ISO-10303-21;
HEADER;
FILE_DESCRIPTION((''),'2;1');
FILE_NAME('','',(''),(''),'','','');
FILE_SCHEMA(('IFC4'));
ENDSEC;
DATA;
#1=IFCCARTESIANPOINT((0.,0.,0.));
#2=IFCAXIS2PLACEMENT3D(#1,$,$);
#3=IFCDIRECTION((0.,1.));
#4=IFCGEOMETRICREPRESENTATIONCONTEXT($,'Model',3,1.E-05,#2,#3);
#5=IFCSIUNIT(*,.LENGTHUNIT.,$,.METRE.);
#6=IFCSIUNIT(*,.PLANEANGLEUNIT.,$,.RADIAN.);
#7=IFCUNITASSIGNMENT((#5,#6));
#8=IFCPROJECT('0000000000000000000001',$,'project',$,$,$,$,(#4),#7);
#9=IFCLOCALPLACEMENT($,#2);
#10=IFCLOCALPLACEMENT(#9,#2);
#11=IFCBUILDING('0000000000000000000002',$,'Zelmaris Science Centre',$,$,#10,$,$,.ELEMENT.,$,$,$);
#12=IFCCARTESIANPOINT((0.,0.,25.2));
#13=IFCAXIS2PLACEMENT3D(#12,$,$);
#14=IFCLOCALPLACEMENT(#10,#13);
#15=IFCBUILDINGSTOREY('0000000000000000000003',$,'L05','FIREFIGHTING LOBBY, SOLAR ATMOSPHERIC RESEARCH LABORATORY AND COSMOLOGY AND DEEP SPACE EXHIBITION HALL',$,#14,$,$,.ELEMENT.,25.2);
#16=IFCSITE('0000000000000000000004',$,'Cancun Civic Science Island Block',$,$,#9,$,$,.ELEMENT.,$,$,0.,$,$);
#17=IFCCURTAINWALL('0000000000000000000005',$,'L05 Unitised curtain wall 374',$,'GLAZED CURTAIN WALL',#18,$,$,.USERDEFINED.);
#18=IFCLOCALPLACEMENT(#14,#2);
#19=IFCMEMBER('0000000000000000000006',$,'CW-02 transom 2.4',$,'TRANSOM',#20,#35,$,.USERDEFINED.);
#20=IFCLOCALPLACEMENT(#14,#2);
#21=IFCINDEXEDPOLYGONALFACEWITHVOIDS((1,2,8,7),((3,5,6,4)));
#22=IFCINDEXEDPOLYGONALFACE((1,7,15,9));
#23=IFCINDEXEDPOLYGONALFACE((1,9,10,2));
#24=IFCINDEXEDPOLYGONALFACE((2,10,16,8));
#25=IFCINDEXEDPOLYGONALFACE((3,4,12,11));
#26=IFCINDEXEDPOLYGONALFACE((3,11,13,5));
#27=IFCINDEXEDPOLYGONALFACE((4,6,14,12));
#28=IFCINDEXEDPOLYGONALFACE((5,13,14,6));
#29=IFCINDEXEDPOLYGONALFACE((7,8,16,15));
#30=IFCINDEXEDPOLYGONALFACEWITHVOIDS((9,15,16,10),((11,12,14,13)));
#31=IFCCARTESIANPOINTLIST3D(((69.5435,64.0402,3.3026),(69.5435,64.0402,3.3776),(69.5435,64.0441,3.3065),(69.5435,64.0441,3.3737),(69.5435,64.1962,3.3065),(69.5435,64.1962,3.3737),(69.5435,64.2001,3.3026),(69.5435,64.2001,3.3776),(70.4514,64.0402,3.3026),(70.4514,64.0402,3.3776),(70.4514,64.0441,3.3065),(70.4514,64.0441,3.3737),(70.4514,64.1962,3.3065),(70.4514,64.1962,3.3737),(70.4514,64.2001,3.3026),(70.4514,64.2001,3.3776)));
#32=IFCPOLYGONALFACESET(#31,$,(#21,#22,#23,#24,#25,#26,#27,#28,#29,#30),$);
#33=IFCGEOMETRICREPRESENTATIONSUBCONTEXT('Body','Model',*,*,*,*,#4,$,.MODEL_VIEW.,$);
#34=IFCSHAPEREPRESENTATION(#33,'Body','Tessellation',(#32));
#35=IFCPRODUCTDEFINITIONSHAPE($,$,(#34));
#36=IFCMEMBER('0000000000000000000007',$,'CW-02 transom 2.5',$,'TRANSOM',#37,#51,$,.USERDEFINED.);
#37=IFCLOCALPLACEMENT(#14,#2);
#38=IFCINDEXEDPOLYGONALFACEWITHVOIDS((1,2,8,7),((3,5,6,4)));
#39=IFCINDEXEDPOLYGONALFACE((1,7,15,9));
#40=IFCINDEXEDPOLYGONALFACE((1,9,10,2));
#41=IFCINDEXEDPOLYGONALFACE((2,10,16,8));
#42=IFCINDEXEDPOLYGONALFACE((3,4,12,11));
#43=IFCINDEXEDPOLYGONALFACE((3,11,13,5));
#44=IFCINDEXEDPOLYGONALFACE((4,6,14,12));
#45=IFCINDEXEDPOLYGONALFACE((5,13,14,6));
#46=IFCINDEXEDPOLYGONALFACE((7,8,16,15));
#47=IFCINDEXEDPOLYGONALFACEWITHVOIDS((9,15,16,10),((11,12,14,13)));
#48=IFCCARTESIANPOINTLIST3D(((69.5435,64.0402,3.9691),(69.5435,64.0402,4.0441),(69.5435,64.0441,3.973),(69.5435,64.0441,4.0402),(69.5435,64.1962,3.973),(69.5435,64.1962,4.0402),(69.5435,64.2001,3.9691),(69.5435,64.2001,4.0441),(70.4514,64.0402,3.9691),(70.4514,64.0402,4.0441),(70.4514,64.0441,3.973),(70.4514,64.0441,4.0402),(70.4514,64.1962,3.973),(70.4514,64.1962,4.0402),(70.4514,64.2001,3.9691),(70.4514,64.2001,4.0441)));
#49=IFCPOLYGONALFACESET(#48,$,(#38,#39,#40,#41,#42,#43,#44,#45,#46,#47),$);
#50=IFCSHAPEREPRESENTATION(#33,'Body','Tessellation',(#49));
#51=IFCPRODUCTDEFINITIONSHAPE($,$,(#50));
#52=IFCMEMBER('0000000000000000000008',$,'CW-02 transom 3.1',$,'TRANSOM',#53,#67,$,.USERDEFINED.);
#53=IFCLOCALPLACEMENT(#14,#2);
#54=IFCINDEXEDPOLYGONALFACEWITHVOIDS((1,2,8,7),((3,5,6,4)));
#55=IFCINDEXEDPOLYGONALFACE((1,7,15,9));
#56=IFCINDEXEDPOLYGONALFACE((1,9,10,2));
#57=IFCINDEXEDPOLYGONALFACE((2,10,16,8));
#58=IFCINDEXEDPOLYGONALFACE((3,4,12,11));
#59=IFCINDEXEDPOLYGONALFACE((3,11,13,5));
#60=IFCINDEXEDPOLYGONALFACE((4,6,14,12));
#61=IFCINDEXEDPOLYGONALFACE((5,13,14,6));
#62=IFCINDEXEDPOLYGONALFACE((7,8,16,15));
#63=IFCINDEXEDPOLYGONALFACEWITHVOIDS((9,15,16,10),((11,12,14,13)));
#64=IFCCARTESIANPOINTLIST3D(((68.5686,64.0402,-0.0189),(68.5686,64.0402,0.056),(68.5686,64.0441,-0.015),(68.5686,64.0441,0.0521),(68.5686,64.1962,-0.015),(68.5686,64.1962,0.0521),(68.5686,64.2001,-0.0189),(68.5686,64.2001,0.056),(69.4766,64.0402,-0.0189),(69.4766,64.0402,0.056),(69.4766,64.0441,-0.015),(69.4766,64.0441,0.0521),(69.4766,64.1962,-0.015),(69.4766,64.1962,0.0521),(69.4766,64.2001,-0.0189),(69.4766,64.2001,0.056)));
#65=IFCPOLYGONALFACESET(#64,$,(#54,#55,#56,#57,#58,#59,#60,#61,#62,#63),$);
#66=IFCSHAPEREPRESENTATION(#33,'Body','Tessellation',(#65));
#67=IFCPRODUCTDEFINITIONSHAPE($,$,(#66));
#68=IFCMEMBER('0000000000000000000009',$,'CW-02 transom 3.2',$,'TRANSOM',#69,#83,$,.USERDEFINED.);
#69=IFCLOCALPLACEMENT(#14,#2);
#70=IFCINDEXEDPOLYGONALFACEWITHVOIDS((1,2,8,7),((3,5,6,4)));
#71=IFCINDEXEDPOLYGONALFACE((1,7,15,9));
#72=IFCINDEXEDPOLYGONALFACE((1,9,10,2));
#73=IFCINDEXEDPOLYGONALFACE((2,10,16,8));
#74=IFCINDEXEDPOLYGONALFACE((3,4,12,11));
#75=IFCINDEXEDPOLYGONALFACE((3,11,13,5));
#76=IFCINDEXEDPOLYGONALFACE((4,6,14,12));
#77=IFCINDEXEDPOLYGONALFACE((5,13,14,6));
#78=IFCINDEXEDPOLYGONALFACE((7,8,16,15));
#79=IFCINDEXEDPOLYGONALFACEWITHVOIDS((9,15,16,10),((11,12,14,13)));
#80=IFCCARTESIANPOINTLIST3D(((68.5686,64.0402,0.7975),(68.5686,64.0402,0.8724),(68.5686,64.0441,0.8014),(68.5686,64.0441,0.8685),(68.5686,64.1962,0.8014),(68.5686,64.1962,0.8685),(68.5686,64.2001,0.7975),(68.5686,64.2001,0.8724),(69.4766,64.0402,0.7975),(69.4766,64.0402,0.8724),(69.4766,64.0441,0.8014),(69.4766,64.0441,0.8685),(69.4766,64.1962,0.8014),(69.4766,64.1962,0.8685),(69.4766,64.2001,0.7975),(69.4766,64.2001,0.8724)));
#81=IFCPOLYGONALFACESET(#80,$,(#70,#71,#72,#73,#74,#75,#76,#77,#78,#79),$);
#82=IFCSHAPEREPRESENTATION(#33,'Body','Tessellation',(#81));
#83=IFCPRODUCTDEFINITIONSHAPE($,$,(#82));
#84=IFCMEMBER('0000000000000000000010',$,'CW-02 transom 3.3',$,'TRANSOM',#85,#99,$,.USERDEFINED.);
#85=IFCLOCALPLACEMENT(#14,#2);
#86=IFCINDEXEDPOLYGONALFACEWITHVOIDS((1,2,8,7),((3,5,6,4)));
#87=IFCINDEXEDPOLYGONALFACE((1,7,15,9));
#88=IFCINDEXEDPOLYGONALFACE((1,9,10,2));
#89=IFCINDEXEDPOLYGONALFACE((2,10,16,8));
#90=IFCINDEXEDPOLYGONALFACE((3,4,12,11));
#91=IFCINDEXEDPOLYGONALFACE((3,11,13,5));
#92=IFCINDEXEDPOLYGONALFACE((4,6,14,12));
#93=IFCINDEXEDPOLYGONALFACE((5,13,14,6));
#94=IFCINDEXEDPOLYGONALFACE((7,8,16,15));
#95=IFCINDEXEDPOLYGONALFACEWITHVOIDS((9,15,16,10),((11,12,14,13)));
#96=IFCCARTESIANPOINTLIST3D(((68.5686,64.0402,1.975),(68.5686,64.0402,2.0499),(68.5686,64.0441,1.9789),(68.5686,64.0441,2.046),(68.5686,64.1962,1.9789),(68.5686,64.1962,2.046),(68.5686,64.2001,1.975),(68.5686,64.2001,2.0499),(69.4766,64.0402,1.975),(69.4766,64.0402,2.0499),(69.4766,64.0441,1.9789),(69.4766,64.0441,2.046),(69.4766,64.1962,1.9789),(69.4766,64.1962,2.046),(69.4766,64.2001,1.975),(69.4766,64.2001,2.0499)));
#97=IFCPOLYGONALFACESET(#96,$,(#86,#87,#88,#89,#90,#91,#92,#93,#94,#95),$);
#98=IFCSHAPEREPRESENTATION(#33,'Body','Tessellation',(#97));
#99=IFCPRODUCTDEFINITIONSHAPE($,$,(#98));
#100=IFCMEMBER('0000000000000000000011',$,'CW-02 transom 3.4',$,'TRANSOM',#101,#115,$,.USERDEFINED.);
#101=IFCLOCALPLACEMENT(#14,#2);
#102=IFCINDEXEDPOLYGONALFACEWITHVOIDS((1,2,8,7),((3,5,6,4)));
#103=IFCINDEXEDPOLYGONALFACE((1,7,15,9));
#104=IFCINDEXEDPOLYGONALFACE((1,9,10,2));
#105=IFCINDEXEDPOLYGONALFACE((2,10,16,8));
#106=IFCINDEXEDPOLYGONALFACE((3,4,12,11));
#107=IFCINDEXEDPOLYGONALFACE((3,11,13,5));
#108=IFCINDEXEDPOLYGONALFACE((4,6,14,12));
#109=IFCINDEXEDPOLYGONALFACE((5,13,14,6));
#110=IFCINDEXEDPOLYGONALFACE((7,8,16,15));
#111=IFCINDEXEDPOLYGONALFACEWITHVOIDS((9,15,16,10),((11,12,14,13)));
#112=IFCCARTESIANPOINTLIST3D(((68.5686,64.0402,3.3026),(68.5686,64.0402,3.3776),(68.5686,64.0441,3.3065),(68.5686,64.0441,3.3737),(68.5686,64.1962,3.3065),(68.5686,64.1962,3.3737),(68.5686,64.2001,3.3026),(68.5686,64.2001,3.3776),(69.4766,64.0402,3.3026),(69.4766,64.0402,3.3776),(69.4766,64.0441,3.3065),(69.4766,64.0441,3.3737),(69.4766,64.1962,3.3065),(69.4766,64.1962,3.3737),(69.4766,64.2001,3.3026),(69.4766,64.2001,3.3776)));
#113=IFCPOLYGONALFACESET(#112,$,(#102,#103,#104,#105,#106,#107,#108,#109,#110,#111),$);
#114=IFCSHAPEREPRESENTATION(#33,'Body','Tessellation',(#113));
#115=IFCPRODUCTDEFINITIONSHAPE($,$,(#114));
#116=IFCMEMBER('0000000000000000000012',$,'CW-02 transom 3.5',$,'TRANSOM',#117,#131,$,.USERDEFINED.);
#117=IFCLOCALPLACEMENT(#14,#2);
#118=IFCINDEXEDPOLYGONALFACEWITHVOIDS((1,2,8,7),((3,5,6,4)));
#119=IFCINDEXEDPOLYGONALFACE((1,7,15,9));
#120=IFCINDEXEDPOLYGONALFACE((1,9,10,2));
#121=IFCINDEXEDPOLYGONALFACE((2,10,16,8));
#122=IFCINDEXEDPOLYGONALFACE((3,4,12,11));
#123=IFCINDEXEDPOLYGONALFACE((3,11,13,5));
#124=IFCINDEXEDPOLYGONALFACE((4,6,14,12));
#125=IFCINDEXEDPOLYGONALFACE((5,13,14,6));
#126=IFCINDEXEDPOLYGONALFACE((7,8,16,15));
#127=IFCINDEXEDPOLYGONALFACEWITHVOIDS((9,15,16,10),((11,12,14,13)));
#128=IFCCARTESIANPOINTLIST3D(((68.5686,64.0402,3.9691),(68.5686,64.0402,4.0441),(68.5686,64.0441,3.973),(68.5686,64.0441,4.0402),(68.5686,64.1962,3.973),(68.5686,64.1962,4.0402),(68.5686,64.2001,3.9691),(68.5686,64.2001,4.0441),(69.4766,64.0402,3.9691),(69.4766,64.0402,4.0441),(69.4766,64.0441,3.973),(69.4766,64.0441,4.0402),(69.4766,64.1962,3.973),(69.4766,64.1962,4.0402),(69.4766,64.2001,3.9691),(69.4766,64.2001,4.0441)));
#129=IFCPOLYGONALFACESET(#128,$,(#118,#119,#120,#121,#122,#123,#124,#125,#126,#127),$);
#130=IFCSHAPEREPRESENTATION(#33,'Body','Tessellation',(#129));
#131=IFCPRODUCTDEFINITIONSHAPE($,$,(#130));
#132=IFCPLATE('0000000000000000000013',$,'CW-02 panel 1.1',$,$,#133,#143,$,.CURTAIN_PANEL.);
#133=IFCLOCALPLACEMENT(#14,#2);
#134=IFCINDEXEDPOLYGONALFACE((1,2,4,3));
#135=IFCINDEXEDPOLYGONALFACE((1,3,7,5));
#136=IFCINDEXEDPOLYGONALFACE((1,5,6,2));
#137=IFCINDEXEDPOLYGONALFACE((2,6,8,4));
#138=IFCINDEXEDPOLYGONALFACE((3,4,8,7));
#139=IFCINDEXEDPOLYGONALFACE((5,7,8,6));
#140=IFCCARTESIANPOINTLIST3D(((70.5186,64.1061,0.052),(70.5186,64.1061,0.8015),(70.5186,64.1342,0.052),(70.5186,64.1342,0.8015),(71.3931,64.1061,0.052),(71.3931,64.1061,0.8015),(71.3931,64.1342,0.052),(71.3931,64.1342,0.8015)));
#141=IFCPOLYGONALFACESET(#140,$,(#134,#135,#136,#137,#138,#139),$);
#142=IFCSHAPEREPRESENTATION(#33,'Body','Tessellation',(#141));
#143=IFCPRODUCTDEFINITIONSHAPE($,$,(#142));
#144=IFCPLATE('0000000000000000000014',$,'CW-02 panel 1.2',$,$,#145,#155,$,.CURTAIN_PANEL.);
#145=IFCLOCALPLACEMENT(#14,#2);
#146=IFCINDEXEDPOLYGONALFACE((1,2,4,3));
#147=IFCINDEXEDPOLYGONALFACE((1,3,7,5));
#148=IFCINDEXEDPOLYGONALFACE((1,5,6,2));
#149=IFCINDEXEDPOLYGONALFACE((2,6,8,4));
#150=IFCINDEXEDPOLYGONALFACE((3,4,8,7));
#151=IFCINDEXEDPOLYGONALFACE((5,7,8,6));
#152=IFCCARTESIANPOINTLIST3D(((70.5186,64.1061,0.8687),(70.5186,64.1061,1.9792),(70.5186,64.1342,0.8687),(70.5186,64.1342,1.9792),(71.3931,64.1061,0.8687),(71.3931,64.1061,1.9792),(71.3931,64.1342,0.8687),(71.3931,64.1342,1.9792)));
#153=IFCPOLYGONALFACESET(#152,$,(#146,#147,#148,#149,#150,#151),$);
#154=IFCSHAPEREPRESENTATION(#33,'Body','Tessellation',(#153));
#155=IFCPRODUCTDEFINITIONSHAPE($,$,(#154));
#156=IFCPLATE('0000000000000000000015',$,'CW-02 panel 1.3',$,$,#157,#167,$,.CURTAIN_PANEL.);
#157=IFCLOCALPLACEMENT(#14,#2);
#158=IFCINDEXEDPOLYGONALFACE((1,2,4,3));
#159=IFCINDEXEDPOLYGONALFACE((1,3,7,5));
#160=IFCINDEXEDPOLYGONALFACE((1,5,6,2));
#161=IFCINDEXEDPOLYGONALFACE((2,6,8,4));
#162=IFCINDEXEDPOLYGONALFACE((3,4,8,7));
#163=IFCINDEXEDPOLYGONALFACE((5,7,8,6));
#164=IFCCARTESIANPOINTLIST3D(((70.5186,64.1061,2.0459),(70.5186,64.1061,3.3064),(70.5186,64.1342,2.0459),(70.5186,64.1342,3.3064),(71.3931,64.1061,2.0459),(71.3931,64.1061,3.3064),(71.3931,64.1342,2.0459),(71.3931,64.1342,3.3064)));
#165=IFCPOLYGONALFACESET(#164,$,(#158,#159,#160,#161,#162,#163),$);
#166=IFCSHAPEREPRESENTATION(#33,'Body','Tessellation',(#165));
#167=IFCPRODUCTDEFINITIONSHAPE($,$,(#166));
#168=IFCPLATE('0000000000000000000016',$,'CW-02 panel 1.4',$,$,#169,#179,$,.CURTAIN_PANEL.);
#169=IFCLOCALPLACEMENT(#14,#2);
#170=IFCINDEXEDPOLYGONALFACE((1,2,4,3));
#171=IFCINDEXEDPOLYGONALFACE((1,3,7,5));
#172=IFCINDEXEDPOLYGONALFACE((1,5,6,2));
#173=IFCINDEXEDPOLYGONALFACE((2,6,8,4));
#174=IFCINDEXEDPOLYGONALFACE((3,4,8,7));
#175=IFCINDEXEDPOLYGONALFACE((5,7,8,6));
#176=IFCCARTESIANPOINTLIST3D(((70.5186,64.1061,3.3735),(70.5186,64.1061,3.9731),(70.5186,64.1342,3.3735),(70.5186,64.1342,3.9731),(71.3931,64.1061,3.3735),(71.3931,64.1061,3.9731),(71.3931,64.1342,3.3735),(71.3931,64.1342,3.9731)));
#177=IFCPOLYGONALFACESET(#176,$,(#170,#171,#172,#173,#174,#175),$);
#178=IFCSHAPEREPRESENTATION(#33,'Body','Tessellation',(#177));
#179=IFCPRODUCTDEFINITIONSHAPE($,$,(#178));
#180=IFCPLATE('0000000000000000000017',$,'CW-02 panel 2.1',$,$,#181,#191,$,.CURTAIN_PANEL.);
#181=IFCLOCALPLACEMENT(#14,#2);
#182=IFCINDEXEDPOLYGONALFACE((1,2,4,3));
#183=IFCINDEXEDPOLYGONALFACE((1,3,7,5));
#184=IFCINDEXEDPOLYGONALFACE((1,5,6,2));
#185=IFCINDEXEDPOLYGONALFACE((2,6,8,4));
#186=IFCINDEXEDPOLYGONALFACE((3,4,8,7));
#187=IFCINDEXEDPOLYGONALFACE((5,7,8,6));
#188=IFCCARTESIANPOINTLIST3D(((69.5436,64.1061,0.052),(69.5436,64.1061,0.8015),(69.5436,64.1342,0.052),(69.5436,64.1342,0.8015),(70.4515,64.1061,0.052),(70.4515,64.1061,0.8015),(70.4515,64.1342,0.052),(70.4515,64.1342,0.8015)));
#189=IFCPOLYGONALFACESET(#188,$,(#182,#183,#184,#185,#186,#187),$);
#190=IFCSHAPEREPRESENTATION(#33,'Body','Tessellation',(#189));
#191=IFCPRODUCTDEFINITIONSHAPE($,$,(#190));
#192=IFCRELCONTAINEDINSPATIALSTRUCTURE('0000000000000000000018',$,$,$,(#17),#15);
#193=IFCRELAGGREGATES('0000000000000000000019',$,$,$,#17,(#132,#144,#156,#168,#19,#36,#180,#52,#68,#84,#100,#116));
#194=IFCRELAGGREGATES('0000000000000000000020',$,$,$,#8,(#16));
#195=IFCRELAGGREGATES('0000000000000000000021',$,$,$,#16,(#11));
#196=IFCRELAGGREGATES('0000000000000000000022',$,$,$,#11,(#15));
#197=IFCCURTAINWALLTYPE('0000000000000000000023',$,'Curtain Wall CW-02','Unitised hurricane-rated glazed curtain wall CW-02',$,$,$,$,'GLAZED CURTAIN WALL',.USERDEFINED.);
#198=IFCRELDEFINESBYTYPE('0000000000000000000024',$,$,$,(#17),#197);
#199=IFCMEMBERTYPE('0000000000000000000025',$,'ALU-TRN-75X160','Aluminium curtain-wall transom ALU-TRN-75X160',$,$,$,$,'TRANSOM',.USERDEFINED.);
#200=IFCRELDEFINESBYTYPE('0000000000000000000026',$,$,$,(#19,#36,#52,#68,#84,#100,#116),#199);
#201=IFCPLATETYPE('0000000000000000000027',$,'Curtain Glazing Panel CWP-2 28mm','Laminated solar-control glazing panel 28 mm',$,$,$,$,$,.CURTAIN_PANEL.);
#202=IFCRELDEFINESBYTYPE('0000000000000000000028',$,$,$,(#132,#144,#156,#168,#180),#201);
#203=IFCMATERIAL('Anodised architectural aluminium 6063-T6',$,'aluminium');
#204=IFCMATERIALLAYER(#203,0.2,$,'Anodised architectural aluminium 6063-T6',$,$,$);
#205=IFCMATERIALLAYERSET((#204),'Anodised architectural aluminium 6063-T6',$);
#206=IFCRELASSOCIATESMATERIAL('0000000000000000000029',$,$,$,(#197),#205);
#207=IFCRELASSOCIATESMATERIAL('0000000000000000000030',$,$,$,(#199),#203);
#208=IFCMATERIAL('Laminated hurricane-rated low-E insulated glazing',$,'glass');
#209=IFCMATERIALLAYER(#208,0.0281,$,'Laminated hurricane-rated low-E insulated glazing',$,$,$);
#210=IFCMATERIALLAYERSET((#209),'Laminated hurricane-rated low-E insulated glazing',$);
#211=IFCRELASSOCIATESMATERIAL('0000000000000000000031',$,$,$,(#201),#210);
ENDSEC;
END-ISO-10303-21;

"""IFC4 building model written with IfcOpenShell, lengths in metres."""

from ifc_helpers import new_model, si_unit, direction, frame, origin, origin_2d, place, context, subcontext, project, spatial, rectangle, hollow_rectangle, extrude, material, layer, layer_set, material_profile, profile_set, type_object, element, aggregate, save


model = new_model("IFC4")

# Units and contexts
model_context = context("Model", 3, precision=1e-05, world=origin(), true_north=direction((0.0, 1.0)))
body_context = subcontext(model_context, "Body", "Model", "MODEL_VIEW")
ifc_project = project(units=[si_unit("LENGTHUNIT", "METRE"), si_unit("PLANEANGLEUNIT", "RADIAN")], contexts=[model_context])

# Site, building, storey
site_placement = place(None, origin())
site = spatial("IfcSite", under=ifc_project, at=site_placement, Name="Cancun Civic Science Island Block", CompositionType="ELEMENT", RefElevation=0.0)
building_placement = place(site_placement, origin())
building = spatial("IfcBuilding", under=site, at=building_placement, Name="Zelmaris Science Centre", CompositionType="ELEMENT")
storey_placement = place(building_placement, frame((0.0, 0.0, 25.2)))
storey = spatial("IfcBuildingStorey", under=building, at=storey_placement, Name="L05", Description="FIREFIGHTING LOBBY, SOLAR ATMOSPHERIC RESEARCH LABORATORY AND COSMOLOGY AND DEEP SPACE EXHIBITION HALL", CompositionType="ELEMENT", Elevation=25.2)

# Curtain wall, members, plates
ifc_material_1 = material(Name="Anodised architectural aluminium 6063-T6", Category="aluminium")
ifc_layer_1 = layer(ifc_material_1, 0.2, Name="Anodised architectural aluminium 6063-T6")
ifc_layer_set_1 = layer_set([ifc_layer_1], Name="Anodised architectural aluminium 6063-T6")
curtain_wall_type = type_object("IfcCurtainWallType", Name="Curtain Wall CW-02", Description="Unitised hurricane-rated glazed curtain wall CW-02", ElementType="GLAZED CURTAIN WALL", PredefinedType="USERDEFINED", material=ifc_layer_set_1)
curtain_wall_placement = place(storey_placement, origin())
curtain_wall = element("IfcCurtainWall", 1, at=curtain_wall_placement, inside=storey, type_object=curtain_wall_type, Name="L05 Unitised curtain wall 374", ObjectType="GLAZED CURTAIN WALL", PredefinedType="USERDEFINED")
ifc_material_profile_1 = material_profile(ifc_material_1, hollow_rectangle(XDim=0.075, YDim=0.1599, WallThickness=0.0039, at=origin_2d()), Name="ALU-TRN-75X160")
ifc_profile_set_1 = profile_set([ifc_material_profile_1], Name="Anodised architectural aluminium 6063-T6")
member_type_1 = type_object("IfcMemberType", Name="ALU-TRN-75X160", Description="Aluminium curtain-wall transom ALU-TRN-75X160", ElementType="TRANSOM", PredefinedType="USERDEFINED", material=ifc_profile_set_1)
member_1_placement = place(storey_placement, frame((70.4514, 64.1201, 3.3401), z_axis=(-1.0, 0.0, 0.0), x_axis=(0.0, 0.0, 1.0)))
member_1 = element("IfcMember", 2, at=member_1_placement, type_object=member_type_1, Name="CW-02 transom 2.4", ObjectType="TRANSOM", PredefinedType="USERDEFINED", context=body_context, shape_type="SweptSolid", body=[
    extrude(hollow_rectangle(XDim=0.075, YDim=0.1599, WallThickness=0.0039, at=origin_2d()), origin(), (0.0, 0.0, 1.0), 0.908),
])
member_2_placement = place(storey_placement, frame((70.4514, 64.1201, 4.0066), z_axis=(-1.0, 0.0, 0.0), x_axis=(0.0, 0.0, 1.0)))
member_2 = element("IfcMember", 3, at=member_2_placement, type_object=member_type_1, Name="CW-02 transom 2.5", ObjectType="TRANSOM", PredefinedType="USERDEFINED", context=body_context, shape_type="SweptSolid", body=[
    extrude(hollow_rectangle(XDim=0.075, YDim=0.1599, WallThickness=0.0039, at=origin_2d()), origin(), (0.0, 0.0, 1.0), 0.908),
])
member_3_placement = place(storey_placement, frame((69.4766, 64.1201, 0.0186), z_axis=(-1.0, 0.0, 0.0), x_axis=(0.0, 0.0, 1.0)))
member_3 = element("IfcMember", 4, at=member_3_placement, type_object=member_type_1, Name="CW-02 transom 3.1", ObjectType="TRANSOM", PredefinedType="USERDEFINED", context=body_context, shape_type="SweptSolid", body=[
    extrude(hollow_rectangle(XDim=0.075, YDim=0.1599, WallThickness=0.0039, at=origin_2d()), origin(), (0.0, 0.0, 1.0), 0.908),
])
member_4_placement = place(storey_placement, frame((69.4766, 64.1201, 0.835), z_axis=(-1.0, 0.0, 0.0), x_axis=(0.0, 0.0, 1.0)))
member_4 = element("IfcMember", 5, at=member_4_placement, type_object=member_type_1, Name="CW-02 transom 3.2", ObjectType="TRANSOM", PredefinedType="USERDEFINED", context=body_context, shape_type="SweptSolid", body=[
    extrude(hollow_rectangle(XDim=0.075, YDim=0.1599, WallThickness=0.0039, at=origin_2d()), origin(), (0.0, 0.0, 1.0), 0.908),
])
member_5_placement = place(storey_placement, frame((69.4766, 64.1201, 2.0125), z_axis=(-1.0, 0.0, 0.0), x_axis=(0.0, 0.0, 1.0)))
member_5 = element("IfcMember", 6, at=member_5_placement, type_object=member_type_1, Name="CW-02 transom 3.3", ObjectType="TRANSOM", PredefinedType="USERDEFINED", context=body_context, shape_type="SweptSolid", body=[
    extrude(hollow_rectangle(XDim=0.075, YDim=0.1599, WallThickness=0.0039, at=origin_2d()), origin(), (0.0, 0.0, 1.0), 0.908),
])
member_6_placement = place(storey_placement, frame((69.4766, 64.1201, 3.3401), z_axis=(-1.0, 0.0, 0.0), x_axis=(0.0, 0.0, 1.0)))
member_6 = element("IfcMember", 7, at=member_6_placement, type_object=member_type_1, Name="CW-02 transom 3.4", ObjectType="TRANSOM", PredefinedType="USERDEFINED", context=body_context, shape_type="SweptSolid", body=[
    extrude(hollow_rectangle(XDim=0.075, YDim=0.1599, WallThickness=0.0039, at=origin_2d()), origin(), (0.0, 0.0, 1.0), 0.908),
])
member_7_placement = place(storey_placement, frame((69.4766, 64.1201, 4.0066), z_axis=(-1.0, 0.0, 0.0), x_axis=(0.0, 0.0, 1.0)))
member_7 = element("IfcMember", 8, at=member_7_placement, type_object=member_type_1, Name="CW-02 transom 3.5", ObjectType="TRANSOM", PredefinedType="USERDEFINED", context=body_context, shape_type="SweptSolid", body=[
    extrude(hollow_rectangle(XDim=0.075, YDim=0.1599, WallThickness=0.0039, at=origin_2d()), origin(), (0.0, 0.0, 1.0), 0.908),
])
ifc_material_2 = material(Name="Laminated hurricane-rated low-E insulated glazing", Category="glass")
ifc_layer_2 = layer(ifc_material_2, 0.0281, Name="Laminated hurricane-rated low-E insulated glazing")
ifc_layer_set_2 = layer_set([ifc_layer_2], Name="Laminated hurricane-rated low-E insulated glazing")
plate_type = type_object("IfcPlateType", Name="Curtain Glazing Panel CWP-2 28mm", Description="Laminated solar-control glazing panel 28 mm", PredefinedType="CURTAIN_PANEL", material=ifc_layer_set_2)
plate_1_placement = place(storey_placement, frame((70.9558, 64.1201, 0.052), z_axis=(0.0, 0.0, 1.0), x_axis=(-1.0, 0.0, 0.0)))
plate_1 = element("IfcPlate", 9, at=plate_1_placement, type_object=plate_type, Name="CW-02 panel 1.1", PredefinedType="CURTAIN_PANEL", context=body_context, shape_type="SweptSolid", body=[
    extrude(rectangle(XDim=0.8745, YDim=0.0281, at=origin_2d()), origin(), (0.0, 0.0, 1.0), 0.7495),
])
plate_2_placement = place(storey_placement, frame((70.9558, 64.1201, 0.8687), z_axis=(0.0, 0.0, 1.0), x_axis=(-1.0, 0.0, 0.0)))
plate_2 = element("IfcPlate", 10, at=plate_2_placement, type_object=plate_type, Name="CW-02 panel 1.2", PredefinedType="CURTAIN_PANEL", context=body_context, shape_type="SweptSolid", body=[
    extrude(rectangle(XDim=0.8745, YDim=0.0281, at=origin_2d()), origin(), (0.0, 0.0, 1.0), 1.1106),
])
plate_3_placement = place(storey_placement, frame((70.9558, 64.1201, 2.0459), z_axis=(0.0, 0.0, 1.0), x_axis=(-1.0, 0.0, 0.0)))
plate_3 = element("IfcPlate", 11, at=plate_3_placement, type_object=plate_type, Name="CW-02 panel 1.3", PredefinedType="CURTAIN_PANEL", context=body_context, shape_type="SweptSolid", body=[
    extrude(rectangle(XDim=0.8745, YDim=0.0281, at=origin_2d()), origin(), (0.0, 0.0, 1.0), 1.2605),
])
plate_4_placement = place(storey_placement, frame((70.9558, 64.1201, 3.3735), z_axis=(0.0, 0.0, 1.0), x_axis=(-1.0, 0.0, 0.0)))
plate_4 = element("IfcPlate", 12, at=plate_4_placement, type_object=plate_type, Name="CW-02 panel 1.4", PredefinedType="CURTAIN_PANEL", context=body_context, shape_type="SweptSolid", body=[
    extrude(rectangle(XDim=0.8745, YDim=0.0281, at=origin_2d()), origin(), (0.0, 0.0, 1.0), 0.5996),
])
plate_5_placement = place(storey_placement, frame((69.9976, 64.1201, 0.052), z_axis=(0.0, 0.0, 1.0), x_axis=(-1.0, 0.0, 0.0)))
plate_5 = element("IfcPlate", 13, at=plate_5_placement, type_object=plate_type, Name="CW-02 panel 2.1", PredefinedType="CURTAIN_PANEL", context=body_context, shape_type="SweptSolid", body=[
    extrude(rectangle(XDim=0.908, YDim=0.0281, at=origin_2d()), origin(), (0.0, 0.0, 1.0), 0.7495),
])
aggregate(curtain_wall, [plate_1, plate_2, plate_3, plate_4, member_1, member_2, plate_5, member_3, member_4, member_5, member_6, member_7])

save(model, "model.ifc")
